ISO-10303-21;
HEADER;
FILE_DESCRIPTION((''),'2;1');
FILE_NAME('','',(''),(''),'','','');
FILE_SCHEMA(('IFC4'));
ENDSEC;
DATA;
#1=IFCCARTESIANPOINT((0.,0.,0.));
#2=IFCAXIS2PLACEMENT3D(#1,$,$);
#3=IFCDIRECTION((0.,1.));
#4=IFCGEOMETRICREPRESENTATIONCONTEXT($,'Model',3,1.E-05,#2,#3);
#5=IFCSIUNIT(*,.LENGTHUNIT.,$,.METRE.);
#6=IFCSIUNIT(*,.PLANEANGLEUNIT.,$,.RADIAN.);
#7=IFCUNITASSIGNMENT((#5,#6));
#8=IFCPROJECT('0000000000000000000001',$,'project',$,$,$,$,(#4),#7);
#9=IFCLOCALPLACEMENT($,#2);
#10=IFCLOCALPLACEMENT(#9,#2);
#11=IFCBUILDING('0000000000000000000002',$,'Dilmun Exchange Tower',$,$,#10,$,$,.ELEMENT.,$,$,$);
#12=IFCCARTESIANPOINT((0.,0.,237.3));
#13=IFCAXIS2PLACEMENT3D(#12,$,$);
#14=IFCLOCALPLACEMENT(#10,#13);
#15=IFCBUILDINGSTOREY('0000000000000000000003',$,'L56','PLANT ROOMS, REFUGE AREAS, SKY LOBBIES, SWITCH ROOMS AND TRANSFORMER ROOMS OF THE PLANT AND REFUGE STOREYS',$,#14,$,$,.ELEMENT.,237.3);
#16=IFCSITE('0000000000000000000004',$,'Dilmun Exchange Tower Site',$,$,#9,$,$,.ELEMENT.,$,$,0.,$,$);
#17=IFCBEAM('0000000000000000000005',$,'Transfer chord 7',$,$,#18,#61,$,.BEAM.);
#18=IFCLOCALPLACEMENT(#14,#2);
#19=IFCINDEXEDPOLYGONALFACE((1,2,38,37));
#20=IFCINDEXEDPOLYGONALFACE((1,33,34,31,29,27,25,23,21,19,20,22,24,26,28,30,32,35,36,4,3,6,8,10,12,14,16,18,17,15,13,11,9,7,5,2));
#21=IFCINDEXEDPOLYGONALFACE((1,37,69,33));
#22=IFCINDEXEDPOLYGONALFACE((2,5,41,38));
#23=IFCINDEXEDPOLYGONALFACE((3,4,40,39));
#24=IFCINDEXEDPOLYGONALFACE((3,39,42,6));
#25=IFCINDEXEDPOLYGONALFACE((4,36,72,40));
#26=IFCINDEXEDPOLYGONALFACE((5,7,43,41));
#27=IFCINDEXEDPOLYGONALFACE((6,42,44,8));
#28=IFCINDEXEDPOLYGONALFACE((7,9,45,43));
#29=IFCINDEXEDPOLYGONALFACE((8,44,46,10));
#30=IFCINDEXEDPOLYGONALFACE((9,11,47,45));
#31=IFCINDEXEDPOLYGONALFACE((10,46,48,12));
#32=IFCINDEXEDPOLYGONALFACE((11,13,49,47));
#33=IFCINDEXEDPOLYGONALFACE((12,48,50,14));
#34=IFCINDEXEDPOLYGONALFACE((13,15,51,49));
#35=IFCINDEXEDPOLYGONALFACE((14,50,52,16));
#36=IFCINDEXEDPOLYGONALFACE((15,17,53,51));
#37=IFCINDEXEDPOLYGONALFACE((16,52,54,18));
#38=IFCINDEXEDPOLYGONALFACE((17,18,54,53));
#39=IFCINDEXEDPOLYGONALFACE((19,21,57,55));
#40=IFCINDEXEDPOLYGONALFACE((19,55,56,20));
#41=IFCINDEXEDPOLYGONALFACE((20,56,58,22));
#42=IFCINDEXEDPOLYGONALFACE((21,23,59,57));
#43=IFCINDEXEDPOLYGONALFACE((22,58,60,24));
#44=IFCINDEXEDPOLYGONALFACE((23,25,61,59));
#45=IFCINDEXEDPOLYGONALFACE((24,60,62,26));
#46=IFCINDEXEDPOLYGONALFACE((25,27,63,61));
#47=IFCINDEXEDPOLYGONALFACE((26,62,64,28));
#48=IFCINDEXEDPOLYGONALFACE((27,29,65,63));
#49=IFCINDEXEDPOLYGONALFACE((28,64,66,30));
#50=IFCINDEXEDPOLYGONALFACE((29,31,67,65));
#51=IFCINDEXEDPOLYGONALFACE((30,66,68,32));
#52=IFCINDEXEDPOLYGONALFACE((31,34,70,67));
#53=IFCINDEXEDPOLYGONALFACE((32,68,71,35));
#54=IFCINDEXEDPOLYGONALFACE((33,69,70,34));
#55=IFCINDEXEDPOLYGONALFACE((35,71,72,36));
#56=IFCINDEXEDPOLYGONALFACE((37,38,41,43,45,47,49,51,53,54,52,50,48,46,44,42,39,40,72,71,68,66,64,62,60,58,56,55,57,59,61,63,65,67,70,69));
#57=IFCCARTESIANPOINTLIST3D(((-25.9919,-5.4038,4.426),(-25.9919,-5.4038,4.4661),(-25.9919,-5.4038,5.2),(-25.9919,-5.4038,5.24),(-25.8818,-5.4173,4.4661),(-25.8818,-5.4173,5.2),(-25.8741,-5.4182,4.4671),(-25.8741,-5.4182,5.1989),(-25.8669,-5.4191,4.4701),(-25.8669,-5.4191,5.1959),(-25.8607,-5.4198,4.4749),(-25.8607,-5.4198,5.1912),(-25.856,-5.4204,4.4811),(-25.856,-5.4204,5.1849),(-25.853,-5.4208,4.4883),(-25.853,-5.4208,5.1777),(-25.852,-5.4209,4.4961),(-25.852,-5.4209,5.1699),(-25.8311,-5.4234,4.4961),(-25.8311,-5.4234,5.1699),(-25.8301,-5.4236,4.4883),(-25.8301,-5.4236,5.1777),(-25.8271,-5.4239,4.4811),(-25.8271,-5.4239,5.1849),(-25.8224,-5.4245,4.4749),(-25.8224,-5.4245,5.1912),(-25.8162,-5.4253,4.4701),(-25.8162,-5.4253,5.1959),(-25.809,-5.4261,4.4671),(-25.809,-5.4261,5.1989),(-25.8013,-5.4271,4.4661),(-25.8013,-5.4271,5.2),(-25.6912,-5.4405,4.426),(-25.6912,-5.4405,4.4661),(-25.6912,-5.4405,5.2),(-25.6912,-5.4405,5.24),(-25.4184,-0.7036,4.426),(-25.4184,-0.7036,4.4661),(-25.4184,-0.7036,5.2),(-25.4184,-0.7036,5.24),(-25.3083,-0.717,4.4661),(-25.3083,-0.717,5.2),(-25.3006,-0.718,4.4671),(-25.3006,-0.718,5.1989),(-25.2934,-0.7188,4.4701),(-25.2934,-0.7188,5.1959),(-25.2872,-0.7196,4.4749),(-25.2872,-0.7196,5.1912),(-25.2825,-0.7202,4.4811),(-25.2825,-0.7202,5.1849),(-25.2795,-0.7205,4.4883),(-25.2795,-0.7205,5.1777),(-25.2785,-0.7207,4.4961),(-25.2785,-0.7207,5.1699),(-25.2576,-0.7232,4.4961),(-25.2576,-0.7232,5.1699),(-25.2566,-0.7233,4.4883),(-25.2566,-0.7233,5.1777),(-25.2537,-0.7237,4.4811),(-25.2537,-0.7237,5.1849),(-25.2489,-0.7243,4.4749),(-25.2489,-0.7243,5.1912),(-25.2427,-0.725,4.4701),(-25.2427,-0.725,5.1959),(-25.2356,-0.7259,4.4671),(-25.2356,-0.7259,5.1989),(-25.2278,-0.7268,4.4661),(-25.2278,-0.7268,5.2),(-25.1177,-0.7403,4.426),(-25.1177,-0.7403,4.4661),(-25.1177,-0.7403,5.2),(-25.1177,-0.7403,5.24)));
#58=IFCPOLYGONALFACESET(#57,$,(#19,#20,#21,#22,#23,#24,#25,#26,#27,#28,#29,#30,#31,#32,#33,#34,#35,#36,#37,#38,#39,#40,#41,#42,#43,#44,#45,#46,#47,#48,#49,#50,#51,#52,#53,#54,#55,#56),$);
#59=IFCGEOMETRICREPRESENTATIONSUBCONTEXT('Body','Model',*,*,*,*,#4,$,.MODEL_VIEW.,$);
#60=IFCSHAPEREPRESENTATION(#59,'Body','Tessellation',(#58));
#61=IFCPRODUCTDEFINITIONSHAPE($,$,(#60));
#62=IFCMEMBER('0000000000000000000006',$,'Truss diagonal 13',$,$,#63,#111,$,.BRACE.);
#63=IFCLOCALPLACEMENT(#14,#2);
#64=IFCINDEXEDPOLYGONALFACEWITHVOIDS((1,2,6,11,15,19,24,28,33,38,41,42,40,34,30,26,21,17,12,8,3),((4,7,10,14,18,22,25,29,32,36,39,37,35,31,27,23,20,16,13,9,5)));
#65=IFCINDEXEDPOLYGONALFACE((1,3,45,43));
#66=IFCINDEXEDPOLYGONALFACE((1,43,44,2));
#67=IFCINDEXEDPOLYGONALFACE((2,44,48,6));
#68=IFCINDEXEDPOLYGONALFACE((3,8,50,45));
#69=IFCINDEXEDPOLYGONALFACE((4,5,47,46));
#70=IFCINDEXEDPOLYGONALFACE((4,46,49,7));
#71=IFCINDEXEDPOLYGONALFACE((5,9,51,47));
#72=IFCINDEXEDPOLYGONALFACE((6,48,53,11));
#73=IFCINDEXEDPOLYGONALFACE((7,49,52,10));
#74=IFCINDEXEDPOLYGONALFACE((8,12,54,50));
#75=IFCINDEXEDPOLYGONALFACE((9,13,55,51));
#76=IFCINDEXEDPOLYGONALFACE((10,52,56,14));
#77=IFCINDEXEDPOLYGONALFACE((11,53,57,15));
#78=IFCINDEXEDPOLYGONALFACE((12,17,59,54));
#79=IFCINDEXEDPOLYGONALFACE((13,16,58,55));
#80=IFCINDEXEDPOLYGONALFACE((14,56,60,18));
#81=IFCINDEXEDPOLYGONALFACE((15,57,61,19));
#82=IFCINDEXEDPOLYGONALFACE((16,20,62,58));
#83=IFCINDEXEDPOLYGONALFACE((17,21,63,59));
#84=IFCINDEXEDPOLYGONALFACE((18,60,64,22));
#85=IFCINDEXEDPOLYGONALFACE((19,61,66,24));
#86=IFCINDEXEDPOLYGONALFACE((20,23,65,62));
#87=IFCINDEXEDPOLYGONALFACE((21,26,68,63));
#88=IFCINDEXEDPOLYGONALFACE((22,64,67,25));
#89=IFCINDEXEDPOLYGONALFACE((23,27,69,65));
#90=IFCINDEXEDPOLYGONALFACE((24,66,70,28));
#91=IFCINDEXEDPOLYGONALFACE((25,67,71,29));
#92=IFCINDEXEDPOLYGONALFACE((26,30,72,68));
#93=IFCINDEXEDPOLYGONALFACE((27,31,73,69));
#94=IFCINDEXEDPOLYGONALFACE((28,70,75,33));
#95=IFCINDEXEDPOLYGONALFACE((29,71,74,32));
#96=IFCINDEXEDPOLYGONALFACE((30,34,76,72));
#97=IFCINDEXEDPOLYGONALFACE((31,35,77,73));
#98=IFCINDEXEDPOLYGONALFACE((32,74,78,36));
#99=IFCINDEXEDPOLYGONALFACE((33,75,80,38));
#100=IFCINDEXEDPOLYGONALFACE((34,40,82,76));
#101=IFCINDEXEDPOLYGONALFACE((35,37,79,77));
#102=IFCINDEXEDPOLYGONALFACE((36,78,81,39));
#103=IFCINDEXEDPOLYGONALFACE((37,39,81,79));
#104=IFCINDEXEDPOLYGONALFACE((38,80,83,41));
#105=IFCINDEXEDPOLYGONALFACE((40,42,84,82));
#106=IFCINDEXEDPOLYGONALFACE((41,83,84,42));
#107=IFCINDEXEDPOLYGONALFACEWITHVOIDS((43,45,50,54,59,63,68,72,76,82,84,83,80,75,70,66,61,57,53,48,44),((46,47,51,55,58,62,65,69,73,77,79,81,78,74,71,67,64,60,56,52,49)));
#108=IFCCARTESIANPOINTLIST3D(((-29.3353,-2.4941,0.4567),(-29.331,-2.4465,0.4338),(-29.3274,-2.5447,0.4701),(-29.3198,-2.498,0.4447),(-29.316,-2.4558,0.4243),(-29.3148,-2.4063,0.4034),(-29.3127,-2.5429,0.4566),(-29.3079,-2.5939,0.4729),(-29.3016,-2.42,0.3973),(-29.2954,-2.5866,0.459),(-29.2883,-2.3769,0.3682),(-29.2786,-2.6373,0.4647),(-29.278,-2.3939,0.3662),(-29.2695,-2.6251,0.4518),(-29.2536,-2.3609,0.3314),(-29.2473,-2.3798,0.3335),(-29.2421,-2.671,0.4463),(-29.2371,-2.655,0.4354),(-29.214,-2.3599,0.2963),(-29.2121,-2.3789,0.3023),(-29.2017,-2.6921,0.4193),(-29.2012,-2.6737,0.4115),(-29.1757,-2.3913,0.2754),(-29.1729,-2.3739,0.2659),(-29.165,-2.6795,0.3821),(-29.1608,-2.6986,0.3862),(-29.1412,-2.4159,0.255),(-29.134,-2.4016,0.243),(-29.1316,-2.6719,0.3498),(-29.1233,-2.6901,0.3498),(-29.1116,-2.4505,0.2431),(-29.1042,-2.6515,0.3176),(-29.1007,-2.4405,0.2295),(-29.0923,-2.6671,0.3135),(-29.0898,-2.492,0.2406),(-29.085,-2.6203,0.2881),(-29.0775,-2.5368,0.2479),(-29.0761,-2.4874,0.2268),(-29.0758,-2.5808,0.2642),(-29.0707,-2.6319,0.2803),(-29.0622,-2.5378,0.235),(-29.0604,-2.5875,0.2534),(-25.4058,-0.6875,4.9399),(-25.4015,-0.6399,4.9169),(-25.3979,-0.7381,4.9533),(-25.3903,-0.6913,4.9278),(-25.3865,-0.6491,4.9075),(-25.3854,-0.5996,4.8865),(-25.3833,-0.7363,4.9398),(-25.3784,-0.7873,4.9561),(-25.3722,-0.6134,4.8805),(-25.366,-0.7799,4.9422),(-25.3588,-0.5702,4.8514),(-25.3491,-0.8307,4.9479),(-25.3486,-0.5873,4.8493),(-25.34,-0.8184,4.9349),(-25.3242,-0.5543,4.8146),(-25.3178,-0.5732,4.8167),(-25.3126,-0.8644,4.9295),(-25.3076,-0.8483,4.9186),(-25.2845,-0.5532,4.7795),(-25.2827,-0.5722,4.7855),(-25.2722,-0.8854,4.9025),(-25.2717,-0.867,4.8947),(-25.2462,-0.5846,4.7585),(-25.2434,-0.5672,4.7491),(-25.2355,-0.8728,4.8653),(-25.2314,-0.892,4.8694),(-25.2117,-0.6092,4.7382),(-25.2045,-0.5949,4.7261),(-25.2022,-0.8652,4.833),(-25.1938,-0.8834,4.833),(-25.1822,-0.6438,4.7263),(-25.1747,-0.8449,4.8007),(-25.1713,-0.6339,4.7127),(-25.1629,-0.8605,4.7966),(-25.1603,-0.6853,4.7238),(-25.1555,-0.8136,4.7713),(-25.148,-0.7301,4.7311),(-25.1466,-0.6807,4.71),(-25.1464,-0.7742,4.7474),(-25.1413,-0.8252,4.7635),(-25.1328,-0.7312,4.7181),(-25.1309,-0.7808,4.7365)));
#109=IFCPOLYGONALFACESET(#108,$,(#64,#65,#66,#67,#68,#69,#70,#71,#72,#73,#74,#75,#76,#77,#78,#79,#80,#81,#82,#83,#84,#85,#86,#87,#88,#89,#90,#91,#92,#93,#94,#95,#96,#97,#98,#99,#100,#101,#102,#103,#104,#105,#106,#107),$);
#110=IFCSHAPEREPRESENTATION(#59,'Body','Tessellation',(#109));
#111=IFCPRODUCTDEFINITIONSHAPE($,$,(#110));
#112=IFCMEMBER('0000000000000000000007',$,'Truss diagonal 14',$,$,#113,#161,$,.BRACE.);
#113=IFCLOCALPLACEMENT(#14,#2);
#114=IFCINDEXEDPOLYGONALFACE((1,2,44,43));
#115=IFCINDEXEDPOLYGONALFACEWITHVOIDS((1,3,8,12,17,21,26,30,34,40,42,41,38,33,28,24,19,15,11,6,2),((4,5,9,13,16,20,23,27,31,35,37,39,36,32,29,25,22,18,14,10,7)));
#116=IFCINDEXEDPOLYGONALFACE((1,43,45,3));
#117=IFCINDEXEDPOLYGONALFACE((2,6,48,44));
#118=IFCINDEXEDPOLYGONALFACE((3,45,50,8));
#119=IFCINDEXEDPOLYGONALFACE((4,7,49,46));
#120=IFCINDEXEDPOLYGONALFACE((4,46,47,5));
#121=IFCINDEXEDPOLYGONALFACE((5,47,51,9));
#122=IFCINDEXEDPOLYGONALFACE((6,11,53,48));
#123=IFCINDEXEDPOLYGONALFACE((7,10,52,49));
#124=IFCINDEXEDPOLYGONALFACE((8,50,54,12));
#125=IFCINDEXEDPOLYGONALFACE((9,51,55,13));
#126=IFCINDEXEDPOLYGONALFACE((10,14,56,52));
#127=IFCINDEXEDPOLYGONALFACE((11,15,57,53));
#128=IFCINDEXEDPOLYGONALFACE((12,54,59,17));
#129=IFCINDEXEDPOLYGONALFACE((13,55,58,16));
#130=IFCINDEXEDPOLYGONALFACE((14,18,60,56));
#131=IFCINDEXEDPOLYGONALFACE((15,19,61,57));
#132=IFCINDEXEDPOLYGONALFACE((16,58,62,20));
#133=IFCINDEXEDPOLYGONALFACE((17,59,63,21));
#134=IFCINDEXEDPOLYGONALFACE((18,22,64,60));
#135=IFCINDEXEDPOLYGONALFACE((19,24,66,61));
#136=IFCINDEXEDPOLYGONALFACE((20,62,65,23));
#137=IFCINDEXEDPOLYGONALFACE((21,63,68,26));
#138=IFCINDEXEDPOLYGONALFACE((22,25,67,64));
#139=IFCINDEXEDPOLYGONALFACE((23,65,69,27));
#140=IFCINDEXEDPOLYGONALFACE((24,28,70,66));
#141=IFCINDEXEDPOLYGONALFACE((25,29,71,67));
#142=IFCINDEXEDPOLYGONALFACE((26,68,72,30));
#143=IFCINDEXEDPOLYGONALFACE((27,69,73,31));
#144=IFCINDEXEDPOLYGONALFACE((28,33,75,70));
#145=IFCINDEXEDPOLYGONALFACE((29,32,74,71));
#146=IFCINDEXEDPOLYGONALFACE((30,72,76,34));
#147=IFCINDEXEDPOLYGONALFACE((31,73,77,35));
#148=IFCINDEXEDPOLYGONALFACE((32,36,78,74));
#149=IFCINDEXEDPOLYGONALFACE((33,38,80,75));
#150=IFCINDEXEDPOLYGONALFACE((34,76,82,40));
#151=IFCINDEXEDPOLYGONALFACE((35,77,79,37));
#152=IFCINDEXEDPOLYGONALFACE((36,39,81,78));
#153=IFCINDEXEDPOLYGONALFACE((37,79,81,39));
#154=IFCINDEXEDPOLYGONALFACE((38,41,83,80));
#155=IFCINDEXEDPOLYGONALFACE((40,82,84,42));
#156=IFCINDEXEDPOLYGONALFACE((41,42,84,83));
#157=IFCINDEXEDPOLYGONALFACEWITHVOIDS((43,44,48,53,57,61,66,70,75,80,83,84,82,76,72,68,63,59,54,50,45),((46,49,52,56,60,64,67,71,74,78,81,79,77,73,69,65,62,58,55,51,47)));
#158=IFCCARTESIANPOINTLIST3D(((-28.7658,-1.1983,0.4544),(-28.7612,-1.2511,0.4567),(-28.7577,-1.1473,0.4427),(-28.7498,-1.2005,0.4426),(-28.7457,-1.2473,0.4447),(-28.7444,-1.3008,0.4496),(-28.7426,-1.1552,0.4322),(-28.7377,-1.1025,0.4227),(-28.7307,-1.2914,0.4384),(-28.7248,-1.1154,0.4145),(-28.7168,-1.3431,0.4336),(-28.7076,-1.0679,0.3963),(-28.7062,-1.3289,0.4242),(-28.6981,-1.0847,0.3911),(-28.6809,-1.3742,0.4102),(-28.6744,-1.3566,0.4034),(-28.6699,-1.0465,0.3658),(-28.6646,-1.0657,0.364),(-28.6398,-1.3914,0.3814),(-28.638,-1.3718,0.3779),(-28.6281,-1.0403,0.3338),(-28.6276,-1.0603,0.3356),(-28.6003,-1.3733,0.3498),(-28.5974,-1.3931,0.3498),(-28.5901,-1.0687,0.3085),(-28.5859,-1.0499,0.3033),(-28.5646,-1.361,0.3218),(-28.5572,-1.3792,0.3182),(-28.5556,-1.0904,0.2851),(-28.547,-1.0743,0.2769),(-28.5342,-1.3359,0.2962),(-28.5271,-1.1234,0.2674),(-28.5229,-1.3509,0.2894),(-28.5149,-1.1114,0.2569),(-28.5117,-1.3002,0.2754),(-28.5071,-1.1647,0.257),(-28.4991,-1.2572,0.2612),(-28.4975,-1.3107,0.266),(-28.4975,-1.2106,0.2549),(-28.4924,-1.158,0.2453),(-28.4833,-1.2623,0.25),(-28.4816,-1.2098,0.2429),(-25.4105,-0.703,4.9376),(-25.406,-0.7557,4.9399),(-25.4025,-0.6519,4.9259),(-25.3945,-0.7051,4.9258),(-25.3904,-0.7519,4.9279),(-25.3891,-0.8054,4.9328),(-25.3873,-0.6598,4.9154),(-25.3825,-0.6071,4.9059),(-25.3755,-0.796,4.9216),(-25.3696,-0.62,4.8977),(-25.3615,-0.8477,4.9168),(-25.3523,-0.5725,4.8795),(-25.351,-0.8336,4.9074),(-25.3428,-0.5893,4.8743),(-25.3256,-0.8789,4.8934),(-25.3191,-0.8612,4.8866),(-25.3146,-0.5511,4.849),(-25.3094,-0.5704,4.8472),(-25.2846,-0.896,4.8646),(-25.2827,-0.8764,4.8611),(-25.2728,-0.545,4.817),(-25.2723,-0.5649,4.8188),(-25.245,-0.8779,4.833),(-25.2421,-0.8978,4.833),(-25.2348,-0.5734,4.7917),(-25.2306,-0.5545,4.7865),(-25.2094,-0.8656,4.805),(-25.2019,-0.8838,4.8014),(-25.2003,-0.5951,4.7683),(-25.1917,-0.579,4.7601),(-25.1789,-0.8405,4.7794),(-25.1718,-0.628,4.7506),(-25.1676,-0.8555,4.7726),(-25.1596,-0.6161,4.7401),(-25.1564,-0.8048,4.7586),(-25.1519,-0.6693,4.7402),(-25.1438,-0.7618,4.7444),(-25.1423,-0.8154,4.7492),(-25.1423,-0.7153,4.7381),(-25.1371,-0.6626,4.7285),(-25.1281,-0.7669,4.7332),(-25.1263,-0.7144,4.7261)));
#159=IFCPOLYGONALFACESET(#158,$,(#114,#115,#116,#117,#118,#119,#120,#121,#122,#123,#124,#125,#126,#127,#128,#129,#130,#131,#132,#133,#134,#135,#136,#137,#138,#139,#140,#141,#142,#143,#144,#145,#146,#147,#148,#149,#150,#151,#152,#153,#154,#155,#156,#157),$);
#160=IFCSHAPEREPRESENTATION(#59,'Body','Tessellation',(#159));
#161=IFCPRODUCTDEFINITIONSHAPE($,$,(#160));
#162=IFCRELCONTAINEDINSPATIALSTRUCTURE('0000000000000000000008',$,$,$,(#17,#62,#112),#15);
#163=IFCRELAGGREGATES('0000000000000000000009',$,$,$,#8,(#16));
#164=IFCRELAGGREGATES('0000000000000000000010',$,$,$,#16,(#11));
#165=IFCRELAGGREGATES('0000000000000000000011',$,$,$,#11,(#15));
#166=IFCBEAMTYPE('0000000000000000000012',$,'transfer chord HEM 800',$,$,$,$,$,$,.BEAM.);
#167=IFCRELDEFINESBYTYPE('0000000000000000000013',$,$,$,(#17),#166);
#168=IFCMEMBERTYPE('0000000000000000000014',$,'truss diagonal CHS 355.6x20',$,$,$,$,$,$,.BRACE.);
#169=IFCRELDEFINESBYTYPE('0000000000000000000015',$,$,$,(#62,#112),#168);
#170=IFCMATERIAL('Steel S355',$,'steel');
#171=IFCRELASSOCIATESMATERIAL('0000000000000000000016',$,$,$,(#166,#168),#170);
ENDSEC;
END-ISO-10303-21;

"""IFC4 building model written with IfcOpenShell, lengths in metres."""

from ifc_helpers import new_model, si_unit, direction, frame, origin, origin_2d, place, context, subcontext, project, spatial, hollow_circle, i_section, extrude, material, material_profile, profile_set, type_object, element, save


model = new_model("IFC4")

# Units and contexts
model_context = context("Model", 3, precision=1e-05, world=origin(), true_north=direction((0.0, 1.0)))
body_context = subcontext(model_context, "Body", "Model", "MODEL_VIEW")
ifc_project = project(units=[si_unit("LENGTHUNIT", "METRE"), si_unit("PLANEANGLEUNIT", "RADIAN")], contexts=[model_context])

# Site, building, storey
site_placement = place(None, origin())
site = spatial("IfcSite", under=ifc_project, at=site_placement, Name="Dilmun Exchange Tower Site", CompositionType="ELEMENT", RefElevation=0.0)
building_placement = place(site_placement, origin())
building = spatial("IfcBuilding", under=site, at=building_placement, Name="Dilmun Exchange Tower", CompositionType="ELEMENT")
storey_placement = place(building_placement, frame((0.0, 0.0, 237.3)))
storey = spatial("IfcBuildingStorey", under=building, at=storey_placement, Name="L56", Description="PLANT ROOMS, REFUGE AREAS, SKY LOBBIES, SWITCH ROOMS AND TRANSFORMER ROOMS OF THE PLANT AND REFUGE STOREYS", CompositionType="ELEMENT", Elevation=237.3)

# Shared definitions
ifc_material_1 = material(Name="Steel S355", Category="steel")

# Beam
ifc_material_profile_1 = material_profile(ifc_material_1, i_section(OverallWidth=0.303, OverallDepth=0.814, WebThickness=0.021, FlangeThickness=0.04, FilletRadius=0.03, at=origin_2d()), Name="HEM 800")
ifc_profile_set_1 = profile_set([ifc_material_profile_1], Name="Steel S355")
beam_type = type_object("IfcBeamType", Name="transfer chord HEM 800", PredefinedType="BEAM", material=ifc_profile_set_1)
beam_placement = place(storey_placement, frame((-25.2681, -0.7219, 4.833), z_axis=(-0.121115, -0.992638, 0.0), x_axis=(0.992638, -0.121115, 0.0)))
element("IfcBeam", 1, at=beam_placement, inside=storey, type_object=beam_type, Name="Transfer chord 7", PredefinedType="BEAM", context=body_context, shape_type="SweptSolid", body=[
    extrude(i_section(OverallWidth=0.303, OverallDepth=0.814, WebThickness=0.021, FlangeThickness=0.04, FilletRadius=0.03, at=origin_2d()), origin(), (0.0, 0.0, 1.0), 4.7351),
])

# Members
ifc_material_profile_2 = material_profile(ifc_material_1, hollow_circle(Radius=0.1777, WallThickness=0.02, at=origin_2d()), Name="CHS 355.6x20")
ifc_profile_set_2 = profile_set([ifc_material_profile_2], Name="Steel S355")
member_type_1 = type_object("IfcMemberType", Name="truss diagonal CHS 355.6x20", PredefinedType="BRACE", material=ifc_profile_set_2)
member_1_placement = place(storey_placement, frame((-25.2681, -0.7219, 4.833), z_axis=(-0.630809, -0.290027, -0.719698), x_axis=(0.417733, -0.90857, 0.0)))
element("IfcMember", 2, at=member_1_placement, inside=storey, type_object=member_type_1, Name="Truss diagonal 13", PredefinedType="BRACE", context=body_context, shape_type="SweptSolid", body=[
    extrude(hollow_circle(Radius=0.1777, WallThickness=0.02, at=origin_2d()), origin(), (0.0, 0.0, 1.0), 6.2292),
])
member_2_placement = place(storey_placement, frame((-25.2681, -0.7219, 4.833), z_axis=(-0.596853, -0.088119, -0.797497), x_axis=(0.146056, -0.989276, 0.0)))
element("IfcMember", 3, at=member_2_placement, inside=storey, type_object=member_type_1, Name="Truss diagonal 14", PredefinedType="BRACE", context=body_context, shape_type="SweptSolid", body=[
    extrude(hollow_circle(Radius=0.1777, WallThickness=0.02, at=origin_2d()), origin(), (0.0, 0.0, 1.0), 5.6216),
])

save(model, "model.ifc")
